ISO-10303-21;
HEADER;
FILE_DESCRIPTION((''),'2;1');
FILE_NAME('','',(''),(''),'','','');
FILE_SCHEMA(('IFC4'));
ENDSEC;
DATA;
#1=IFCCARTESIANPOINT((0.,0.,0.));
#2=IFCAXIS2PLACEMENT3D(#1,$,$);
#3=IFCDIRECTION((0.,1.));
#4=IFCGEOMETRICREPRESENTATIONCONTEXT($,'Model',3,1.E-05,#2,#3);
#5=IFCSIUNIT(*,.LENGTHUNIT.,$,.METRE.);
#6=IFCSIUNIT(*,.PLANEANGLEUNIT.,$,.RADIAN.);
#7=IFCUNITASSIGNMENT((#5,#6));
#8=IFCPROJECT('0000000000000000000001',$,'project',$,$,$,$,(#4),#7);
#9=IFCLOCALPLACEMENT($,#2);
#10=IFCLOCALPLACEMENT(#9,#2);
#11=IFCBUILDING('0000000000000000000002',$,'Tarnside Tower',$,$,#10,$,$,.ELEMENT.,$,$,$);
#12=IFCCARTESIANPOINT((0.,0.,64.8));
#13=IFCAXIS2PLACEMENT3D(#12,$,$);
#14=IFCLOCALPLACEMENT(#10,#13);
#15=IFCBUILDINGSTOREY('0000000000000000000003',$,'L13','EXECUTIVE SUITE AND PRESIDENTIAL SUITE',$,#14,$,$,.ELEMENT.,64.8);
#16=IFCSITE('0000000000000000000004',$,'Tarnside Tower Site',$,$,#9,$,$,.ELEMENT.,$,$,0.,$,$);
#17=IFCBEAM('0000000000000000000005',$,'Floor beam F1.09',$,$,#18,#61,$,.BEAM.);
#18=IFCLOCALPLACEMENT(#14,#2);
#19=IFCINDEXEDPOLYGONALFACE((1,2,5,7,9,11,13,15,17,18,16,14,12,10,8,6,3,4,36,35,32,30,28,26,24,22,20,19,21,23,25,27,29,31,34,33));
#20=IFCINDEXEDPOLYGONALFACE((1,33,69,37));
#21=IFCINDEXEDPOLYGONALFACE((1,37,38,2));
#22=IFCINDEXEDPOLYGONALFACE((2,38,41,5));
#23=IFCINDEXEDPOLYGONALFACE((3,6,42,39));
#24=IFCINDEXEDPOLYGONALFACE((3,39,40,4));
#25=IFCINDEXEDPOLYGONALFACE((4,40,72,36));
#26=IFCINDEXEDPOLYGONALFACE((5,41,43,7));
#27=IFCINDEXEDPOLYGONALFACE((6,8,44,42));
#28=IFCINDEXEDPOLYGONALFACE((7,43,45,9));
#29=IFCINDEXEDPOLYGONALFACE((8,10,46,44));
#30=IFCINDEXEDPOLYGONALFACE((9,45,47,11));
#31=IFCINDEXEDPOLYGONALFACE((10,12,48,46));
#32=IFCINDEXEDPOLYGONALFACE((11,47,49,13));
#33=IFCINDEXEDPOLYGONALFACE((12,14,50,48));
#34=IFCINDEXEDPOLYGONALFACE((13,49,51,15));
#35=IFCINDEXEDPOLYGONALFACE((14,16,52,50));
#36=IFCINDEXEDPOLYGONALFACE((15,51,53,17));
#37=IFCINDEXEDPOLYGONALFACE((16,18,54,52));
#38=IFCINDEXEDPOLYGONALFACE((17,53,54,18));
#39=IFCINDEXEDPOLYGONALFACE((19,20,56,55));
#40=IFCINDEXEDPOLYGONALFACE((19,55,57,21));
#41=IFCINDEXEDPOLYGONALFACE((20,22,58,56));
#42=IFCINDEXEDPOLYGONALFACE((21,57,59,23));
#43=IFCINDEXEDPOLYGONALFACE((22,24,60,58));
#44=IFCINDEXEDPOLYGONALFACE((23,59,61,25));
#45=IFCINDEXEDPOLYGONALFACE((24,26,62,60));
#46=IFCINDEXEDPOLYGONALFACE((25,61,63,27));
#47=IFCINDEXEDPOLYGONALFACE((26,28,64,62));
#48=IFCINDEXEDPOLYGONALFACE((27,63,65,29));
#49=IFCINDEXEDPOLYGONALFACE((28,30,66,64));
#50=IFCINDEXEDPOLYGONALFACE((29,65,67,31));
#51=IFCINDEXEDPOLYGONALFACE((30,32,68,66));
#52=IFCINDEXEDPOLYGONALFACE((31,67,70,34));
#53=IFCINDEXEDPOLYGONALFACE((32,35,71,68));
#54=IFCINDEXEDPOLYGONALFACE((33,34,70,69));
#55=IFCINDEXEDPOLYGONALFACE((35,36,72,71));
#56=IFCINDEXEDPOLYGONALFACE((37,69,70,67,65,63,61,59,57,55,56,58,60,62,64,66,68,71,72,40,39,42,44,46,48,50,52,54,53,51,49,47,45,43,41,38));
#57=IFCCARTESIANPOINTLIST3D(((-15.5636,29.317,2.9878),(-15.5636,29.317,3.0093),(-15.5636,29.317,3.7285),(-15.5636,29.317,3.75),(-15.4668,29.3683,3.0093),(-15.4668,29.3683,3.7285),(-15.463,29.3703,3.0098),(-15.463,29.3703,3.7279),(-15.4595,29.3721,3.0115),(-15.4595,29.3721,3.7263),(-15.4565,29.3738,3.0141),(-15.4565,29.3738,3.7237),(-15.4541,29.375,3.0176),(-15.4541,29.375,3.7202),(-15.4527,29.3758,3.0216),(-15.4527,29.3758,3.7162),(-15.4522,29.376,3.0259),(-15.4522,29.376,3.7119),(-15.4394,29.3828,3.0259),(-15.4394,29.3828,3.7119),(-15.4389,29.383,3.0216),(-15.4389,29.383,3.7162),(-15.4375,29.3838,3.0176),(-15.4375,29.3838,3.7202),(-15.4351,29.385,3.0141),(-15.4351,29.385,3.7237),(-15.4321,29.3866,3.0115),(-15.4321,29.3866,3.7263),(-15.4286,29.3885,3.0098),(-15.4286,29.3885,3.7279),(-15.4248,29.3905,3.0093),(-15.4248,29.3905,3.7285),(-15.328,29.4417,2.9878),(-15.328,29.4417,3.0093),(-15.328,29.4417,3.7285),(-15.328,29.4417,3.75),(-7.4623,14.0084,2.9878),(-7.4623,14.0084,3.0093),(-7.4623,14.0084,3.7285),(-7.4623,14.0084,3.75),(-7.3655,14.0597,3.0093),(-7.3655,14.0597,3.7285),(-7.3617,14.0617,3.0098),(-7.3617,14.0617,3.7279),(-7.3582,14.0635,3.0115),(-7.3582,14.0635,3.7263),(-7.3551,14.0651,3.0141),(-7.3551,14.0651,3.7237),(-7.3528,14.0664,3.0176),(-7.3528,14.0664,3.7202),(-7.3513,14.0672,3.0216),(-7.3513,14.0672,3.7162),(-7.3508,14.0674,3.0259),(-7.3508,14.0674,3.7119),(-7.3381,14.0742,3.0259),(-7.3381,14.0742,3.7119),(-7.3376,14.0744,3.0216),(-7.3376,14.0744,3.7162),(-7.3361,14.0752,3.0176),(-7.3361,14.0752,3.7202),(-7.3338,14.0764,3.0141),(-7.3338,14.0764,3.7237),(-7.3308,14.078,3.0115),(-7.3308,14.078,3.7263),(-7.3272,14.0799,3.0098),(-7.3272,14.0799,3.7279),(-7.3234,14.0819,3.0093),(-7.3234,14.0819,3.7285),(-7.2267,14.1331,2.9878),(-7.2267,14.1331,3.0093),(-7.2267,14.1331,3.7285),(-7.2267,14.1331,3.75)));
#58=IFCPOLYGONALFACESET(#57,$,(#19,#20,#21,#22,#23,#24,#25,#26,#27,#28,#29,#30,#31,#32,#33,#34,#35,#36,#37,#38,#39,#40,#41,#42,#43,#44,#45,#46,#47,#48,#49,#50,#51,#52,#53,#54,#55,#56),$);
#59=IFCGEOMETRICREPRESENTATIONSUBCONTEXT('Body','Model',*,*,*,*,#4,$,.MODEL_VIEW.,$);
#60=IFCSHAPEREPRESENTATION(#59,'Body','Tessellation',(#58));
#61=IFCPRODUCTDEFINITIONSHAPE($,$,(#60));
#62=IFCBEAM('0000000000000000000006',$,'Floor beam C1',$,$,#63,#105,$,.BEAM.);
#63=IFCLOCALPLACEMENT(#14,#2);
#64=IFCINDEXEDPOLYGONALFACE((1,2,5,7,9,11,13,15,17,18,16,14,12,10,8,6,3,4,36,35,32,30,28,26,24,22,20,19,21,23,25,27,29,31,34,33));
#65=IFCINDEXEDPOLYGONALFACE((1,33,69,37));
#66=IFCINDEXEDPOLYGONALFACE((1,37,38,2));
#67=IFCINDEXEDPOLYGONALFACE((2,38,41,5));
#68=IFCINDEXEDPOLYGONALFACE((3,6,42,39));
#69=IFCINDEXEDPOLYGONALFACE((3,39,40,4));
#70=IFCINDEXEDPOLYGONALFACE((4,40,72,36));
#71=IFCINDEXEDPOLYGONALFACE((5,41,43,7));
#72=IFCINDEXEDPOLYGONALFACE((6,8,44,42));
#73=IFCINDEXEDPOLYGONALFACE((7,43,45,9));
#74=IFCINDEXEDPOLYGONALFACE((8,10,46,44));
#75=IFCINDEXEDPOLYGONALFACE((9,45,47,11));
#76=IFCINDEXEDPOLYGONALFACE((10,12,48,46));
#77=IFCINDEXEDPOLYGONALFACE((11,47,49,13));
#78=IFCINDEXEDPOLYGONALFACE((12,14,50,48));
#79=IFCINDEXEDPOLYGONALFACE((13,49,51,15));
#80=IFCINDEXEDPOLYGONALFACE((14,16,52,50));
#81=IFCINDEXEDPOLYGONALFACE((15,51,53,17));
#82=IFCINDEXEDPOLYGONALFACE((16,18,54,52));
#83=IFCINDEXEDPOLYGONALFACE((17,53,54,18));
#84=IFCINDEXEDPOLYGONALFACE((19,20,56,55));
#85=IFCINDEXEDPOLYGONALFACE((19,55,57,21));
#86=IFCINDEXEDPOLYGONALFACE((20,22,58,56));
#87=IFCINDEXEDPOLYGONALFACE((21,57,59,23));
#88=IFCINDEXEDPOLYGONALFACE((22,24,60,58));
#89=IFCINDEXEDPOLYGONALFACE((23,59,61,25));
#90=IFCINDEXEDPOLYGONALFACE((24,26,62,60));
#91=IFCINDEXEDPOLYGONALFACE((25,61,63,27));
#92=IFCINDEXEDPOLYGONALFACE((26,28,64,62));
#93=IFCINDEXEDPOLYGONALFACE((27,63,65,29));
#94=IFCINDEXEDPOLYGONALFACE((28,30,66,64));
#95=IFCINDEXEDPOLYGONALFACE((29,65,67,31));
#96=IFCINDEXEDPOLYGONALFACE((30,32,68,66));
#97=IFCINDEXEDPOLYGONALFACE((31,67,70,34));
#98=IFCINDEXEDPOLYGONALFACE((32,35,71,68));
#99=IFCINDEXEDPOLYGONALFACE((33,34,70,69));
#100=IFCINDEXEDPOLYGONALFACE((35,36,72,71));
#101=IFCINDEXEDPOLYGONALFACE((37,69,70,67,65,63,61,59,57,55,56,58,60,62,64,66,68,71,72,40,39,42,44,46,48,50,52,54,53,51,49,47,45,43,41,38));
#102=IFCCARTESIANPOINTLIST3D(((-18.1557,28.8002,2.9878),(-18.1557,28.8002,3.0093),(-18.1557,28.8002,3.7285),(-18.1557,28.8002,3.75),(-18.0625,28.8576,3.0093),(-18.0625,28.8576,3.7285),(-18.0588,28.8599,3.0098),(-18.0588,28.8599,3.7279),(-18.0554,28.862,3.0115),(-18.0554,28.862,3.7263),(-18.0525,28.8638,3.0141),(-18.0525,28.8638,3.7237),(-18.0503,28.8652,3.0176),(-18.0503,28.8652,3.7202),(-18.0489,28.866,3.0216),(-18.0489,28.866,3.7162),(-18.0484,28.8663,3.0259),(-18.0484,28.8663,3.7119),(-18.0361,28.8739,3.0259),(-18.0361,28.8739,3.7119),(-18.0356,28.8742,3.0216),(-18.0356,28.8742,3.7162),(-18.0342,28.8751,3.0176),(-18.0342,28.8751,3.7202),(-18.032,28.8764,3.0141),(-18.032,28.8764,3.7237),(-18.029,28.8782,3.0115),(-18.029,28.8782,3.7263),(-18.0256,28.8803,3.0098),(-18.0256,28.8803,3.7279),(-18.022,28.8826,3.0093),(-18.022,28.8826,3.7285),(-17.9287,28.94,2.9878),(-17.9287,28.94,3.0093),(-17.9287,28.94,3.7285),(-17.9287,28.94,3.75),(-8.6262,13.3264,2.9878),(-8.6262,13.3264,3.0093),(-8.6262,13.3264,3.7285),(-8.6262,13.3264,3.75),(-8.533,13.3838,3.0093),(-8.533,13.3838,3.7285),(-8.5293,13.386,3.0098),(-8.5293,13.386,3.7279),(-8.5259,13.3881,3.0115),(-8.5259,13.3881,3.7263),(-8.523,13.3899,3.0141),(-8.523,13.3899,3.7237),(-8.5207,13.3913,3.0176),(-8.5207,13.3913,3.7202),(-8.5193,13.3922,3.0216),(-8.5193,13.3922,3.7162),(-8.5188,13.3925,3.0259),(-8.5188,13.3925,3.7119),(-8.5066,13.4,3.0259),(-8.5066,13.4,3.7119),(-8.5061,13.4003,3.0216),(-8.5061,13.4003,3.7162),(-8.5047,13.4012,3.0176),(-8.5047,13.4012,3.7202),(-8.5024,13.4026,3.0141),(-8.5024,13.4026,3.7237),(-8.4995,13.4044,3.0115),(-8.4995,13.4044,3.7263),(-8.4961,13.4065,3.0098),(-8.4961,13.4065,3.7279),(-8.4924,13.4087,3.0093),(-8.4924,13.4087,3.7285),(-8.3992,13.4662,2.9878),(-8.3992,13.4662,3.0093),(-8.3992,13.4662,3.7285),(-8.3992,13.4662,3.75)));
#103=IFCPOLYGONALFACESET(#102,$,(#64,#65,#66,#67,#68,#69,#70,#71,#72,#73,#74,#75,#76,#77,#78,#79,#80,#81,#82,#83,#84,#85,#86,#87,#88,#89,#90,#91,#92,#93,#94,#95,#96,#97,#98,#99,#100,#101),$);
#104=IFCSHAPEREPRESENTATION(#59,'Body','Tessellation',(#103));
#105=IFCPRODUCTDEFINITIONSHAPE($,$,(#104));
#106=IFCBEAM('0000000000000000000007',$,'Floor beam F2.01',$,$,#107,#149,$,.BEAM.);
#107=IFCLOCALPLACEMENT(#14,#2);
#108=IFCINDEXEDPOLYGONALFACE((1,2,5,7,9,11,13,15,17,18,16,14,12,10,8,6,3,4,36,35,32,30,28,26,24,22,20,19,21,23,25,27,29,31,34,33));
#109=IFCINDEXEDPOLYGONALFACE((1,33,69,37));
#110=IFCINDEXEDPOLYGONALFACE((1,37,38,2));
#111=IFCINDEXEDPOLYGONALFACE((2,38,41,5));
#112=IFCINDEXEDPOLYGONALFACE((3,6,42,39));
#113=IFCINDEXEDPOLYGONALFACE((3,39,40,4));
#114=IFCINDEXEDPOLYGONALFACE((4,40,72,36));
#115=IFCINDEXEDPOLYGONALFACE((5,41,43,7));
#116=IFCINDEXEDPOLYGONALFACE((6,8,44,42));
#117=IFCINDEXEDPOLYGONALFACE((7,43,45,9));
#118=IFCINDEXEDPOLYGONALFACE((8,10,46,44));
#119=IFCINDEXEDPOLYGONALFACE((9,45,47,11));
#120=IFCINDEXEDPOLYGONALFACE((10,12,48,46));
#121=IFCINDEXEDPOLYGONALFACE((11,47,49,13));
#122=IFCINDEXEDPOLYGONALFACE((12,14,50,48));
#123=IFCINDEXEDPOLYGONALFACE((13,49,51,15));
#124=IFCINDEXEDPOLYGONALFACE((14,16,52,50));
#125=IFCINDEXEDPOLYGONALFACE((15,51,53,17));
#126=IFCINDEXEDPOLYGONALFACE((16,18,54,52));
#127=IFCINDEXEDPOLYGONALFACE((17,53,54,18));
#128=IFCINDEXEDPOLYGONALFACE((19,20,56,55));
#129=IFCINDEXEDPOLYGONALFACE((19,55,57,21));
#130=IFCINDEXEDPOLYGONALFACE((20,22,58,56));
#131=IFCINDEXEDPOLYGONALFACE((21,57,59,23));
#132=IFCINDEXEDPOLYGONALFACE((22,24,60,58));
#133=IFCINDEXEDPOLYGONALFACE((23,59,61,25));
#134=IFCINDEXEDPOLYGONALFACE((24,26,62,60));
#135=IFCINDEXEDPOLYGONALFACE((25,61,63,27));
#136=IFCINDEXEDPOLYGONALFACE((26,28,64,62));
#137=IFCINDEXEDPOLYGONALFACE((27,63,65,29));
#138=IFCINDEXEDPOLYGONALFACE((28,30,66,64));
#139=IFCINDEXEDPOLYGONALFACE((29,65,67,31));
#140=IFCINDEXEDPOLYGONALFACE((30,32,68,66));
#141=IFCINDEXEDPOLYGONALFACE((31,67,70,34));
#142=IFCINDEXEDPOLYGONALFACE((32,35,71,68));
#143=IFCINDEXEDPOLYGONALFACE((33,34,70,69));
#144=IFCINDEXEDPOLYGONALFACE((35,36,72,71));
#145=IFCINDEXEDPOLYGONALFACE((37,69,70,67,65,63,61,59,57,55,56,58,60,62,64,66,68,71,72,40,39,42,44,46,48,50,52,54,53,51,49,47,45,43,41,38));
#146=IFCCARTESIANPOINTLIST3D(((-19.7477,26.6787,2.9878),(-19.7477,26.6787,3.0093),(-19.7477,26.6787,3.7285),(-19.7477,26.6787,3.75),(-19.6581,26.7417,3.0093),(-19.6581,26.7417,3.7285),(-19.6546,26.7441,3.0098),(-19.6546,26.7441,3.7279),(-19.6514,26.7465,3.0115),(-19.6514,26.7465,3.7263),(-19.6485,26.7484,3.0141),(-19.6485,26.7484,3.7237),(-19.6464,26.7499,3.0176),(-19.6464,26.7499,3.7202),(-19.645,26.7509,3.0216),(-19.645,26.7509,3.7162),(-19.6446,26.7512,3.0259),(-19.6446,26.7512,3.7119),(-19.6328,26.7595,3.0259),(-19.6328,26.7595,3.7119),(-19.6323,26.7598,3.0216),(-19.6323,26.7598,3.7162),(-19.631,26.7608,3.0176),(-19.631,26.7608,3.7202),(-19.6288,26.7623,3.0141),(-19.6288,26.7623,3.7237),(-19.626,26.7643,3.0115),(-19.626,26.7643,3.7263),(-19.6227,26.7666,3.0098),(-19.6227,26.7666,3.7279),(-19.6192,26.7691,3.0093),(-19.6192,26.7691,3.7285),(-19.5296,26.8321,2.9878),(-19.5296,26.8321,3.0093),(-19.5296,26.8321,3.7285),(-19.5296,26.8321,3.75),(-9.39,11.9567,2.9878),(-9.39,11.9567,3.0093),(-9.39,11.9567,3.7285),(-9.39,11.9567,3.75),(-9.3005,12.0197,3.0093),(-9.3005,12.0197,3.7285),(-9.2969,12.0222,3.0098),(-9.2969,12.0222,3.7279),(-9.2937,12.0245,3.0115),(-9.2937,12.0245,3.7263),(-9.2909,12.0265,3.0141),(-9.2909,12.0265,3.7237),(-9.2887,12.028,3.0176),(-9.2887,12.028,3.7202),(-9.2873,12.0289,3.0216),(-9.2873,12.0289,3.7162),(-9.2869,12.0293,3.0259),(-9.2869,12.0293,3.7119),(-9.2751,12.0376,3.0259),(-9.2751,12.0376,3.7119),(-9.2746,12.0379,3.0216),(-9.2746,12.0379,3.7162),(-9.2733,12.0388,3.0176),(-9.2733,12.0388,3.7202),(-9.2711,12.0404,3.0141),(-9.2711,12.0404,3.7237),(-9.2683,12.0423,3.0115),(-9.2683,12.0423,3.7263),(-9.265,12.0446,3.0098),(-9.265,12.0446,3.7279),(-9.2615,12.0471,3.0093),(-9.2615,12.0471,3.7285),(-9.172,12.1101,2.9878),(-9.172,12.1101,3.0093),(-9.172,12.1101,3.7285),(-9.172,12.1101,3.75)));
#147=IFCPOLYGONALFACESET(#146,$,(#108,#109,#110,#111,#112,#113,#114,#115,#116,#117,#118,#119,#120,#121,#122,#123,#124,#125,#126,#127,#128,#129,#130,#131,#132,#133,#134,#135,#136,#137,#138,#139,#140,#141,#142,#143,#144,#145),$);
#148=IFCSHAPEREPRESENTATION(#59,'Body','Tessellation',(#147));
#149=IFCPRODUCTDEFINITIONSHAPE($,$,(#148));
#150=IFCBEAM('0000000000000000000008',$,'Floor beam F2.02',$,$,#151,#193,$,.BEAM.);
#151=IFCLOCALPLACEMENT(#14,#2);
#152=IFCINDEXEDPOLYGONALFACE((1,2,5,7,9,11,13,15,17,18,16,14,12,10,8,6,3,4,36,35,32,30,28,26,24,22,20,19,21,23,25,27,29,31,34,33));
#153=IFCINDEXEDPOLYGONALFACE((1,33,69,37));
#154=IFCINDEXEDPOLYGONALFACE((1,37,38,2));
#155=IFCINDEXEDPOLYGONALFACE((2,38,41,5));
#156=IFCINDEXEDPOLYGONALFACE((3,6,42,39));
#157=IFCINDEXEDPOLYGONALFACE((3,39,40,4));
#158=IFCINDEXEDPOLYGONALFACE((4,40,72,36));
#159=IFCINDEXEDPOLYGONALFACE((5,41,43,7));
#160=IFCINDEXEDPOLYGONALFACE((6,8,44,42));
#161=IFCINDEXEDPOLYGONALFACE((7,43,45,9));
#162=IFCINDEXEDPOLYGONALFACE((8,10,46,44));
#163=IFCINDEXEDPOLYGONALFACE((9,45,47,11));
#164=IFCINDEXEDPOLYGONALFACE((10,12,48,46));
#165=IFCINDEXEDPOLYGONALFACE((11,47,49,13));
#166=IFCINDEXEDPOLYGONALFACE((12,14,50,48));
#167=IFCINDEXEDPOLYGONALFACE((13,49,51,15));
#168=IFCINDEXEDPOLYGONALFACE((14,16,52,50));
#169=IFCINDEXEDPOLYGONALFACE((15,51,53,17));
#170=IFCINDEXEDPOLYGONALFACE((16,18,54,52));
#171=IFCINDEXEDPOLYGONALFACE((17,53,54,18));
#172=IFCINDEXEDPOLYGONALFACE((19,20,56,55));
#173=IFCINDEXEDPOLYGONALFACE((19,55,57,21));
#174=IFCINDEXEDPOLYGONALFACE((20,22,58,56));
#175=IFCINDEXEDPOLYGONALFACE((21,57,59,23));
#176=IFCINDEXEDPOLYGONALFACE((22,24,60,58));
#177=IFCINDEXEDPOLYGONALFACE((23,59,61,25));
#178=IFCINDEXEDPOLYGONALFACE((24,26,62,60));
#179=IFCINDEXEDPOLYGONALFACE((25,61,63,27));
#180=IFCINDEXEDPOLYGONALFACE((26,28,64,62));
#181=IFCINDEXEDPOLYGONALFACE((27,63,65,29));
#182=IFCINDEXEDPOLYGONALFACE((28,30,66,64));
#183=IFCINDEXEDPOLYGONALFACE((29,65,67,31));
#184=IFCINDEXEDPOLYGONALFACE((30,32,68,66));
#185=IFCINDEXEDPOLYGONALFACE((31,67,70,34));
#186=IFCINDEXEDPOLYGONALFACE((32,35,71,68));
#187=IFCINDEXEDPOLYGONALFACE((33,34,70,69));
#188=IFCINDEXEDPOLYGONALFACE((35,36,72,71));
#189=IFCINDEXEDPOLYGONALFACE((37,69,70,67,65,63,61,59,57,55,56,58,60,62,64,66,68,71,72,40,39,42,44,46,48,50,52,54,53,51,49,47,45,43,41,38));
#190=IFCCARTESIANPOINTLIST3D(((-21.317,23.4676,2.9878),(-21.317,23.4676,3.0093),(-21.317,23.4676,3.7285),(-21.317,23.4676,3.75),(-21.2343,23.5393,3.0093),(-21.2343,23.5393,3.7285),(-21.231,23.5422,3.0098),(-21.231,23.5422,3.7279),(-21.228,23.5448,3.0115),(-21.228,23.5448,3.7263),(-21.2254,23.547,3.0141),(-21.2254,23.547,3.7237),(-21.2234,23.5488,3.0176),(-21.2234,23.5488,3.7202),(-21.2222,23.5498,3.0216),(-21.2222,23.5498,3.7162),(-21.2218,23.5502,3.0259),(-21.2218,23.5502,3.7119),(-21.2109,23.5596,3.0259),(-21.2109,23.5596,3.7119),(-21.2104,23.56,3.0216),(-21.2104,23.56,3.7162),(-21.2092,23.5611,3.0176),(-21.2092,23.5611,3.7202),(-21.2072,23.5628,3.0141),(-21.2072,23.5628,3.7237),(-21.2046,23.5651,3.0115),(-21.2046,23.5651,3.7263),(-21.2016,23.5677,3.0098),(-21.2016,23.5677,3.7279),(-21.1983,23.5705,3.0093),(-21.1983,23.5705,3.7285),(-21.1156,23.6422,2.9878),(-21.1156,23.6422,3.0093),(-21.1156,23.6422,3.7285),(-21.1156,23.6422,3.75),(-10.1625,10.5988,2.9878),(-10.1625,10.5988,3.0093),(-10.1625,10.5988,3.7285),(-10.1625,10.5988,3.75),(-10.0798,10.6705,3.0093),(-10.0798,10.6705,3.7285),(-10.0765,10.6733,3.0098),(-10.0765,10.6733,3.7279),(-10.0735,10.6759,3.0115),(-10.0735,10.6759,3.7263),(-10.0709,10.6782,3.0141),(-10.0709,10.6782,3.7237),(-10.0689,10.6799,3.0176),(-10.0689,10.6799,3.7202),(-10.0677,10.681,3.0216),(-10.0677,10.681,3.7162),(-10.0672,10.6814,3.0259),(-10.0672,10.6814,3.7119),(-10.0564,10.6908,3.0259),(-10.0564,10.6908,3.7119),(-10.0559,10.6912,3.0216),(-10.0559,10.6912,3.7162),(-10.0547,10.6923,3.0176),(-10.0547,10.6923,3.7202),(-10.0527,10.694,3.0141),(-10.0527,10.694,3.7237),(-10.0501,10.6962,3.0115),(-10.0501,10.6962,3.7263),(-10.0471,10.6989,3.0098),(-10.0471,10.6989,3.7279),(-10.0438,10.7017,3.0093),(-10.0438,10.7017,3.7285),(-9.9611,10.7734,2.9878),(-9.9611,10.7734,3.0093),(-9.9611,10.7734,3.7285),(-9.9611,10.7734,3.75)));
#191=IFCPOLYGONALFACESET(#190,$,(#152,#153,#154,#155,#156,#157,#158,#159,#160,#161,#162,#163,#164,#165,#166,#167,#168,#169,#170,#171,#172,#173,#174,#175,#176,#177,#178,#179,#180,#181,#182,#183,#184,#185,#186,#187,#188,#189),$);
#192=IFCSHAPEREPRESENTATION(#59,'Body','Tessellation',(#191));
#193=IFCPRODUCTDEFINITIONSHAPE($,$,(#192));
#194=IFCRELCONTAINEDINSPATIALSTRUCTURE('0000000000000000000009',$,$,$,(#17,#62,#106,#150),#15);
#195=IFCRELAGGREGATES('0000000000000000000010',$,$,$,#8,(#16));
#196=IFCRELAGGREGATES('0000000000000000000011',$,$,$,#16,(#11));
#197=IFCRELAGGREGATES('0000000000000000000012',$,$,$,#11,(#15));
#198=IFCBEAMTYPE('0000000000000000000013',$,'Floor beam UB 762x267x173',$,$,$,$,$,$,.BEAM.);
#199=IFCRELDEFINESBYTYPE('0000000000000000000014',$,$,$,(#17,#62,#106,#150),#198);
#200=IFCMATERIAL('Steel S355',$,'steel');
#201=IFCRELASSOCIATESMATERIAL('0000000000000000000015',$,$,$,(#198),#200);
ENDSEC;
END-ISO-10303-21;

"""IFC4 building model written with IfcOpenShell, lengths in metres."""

from ifc_helpers import new_model, si_unit, direction, frame, origin, origin_2d, place, context, subcontext, project, spatial, i_section, extrude, material, material_profile, profile_set, type_object, element, save


model = new_model("IFC4")

# Units and contexts
model_context = context("Model", 3, precision=1e-05, world=origin(), true_north=direction((0.0, 1.0)))
body_context = subcontext(model_context, "Body", "Model", "MODEL_VIEW")
ifc_project = project(units=[si_unit("LENGTHUNIT", "METRE"), si_unit("PLANEANGLEUNIT", "RADIAN")], contexts=[model_context])

# Site, building, storey
site_placement = place(None, origin())
site = spatial("IfcSite", under=ifc_project, at=site_placement, Name="Tarnside Tower Site", CompositionType="ELEMENT", RefElevation=0.0)
building_placement = place(site_placement, origin())
building = spatial("IfcBuilding", under=site, at=building_placement, Name="Tarnside Tower", CompositionType="ELEMENT")
storey_placement = place(building_placement, frame((0.0, 0.0, 64.8)))
storey = spatial("IfcBuildingStorey", under=building, at=storey_placement, Name="L13", Description="EXECUTIVE SUITE AND PRESIDENTIAL SUITE", CompositionType="ELEMENT", Elevation=64.8)

# Beams
ifc_material_1 = material(Name="Steel S355", Category="steel")
ifc_material_profile = material_profile(ifc_material_1, i_section(OverallWidth=0.2666, OverallDepth=0.7622, WebThickness=0.0144, FlangeThickness=0.0215, FilletRadius=0.0166, at=origin_2d()), Name="UB 762x267x173")
ifc_profile_set = profile_set([ifc_material_profile], Name="Steel S355")
beam_type = type_object("IfcBeamType", Name="Floor beam UB 762x267x173", PredefinedType="BEAM", material=ifc_profile_set)
beam_1_placement = place(storey_placement, frame((-15.4458, 29.3794, 3.3689), z_axis=(0.467742, -0.883865, 0.0), x_axis=(0.883865, 0.467742, 0.0)))
element("IfcBeam", 1, at=beam_1_placement, inside=storey, type_object=beam_type, Name="Floor beam F1.09", PredefinedType="BEAM", context=body_context, shape_type="SweptSolid", body=[
    extrude(i_section(OverallWidth=0.2666, OverallDepth=0.7622, WebThickness=0.0144, FlangeThickness=0.0215, FilletRadius=0.0166, at=origin_2d()), origin(), (0.0, 0.0, 1.0), 17.3201),
])
beam_2_placement = place(storey_placement, frame((-18.0422, 28.8701, 3.3689), z_axis=(0.524383, -0.851483, 0.0), x_axis=(0.851483, 0.524383, 0.0)))
element("IfcBeam", 2, at=beam_2_placement, inside=storey, type_object=beam_type, Name="Floor beam C1", PredefinedType="BEAM", context=body_context, shape_type="SweptSolid", body=[
    extrude(i_section(OverallWidth=0.2666, OverallDepth=0.7622, WebThickness=0.0144, FlangeThickness=0.0215, FilletRadius=0.0166, at=origin_2d()), origin(), (0.0, 0.0, 1.0), 18.1729),
])
beam_3_placement = place(storey_placement, frame((-19.6387, 26.7554, 3.3689), z_axis=(0.575411, -0.817864, 0.0), x_axis=(0.817864, 0.575411, 0.0)))
element("IfcBeam", 3, at=beam_3_placement, inside=storey, type_object=beam_type, Name="Floor beam F2.01", PredefinedType="BEAM", context=body_context, shape_type="SweptSolid", body=[
    extrude(i_section(OverallWidth=0.2666, OverallDepth=0.7622, WebThickness=0.0144, FlangeThickness=0.0215, FilletRadius=0.0166, at=origin_2d()), origin(), (0.0, 0.0, 1.0), 18.0005),
])
beam_4_placement = place(storey_placement, frame((-21.2163, 23.5549, 3.3689), z_axis=(0.654981, -0.755646, 0.0), x_axis=(0.755646, 0.654981, 0.0)))
element("IfcBeam", 4, at=beam_4_placement, inside=storey, type_object=beam_type, Name="Floor beam F2.02", PredefinedType="BEAM", context=body_context, shape_type="SweptSolid", body=[
    extrude(i_section(OverallWidth=0.2666, OverallDepth=0.7622, WebThickness=0.0144, FlangeThickness=0.0215, FilletRadius=0.0166, at=origin_2d()), origin(), (0.0, 0.0, 1.0), 17.0303),
])

save(model, "model.ifc")
